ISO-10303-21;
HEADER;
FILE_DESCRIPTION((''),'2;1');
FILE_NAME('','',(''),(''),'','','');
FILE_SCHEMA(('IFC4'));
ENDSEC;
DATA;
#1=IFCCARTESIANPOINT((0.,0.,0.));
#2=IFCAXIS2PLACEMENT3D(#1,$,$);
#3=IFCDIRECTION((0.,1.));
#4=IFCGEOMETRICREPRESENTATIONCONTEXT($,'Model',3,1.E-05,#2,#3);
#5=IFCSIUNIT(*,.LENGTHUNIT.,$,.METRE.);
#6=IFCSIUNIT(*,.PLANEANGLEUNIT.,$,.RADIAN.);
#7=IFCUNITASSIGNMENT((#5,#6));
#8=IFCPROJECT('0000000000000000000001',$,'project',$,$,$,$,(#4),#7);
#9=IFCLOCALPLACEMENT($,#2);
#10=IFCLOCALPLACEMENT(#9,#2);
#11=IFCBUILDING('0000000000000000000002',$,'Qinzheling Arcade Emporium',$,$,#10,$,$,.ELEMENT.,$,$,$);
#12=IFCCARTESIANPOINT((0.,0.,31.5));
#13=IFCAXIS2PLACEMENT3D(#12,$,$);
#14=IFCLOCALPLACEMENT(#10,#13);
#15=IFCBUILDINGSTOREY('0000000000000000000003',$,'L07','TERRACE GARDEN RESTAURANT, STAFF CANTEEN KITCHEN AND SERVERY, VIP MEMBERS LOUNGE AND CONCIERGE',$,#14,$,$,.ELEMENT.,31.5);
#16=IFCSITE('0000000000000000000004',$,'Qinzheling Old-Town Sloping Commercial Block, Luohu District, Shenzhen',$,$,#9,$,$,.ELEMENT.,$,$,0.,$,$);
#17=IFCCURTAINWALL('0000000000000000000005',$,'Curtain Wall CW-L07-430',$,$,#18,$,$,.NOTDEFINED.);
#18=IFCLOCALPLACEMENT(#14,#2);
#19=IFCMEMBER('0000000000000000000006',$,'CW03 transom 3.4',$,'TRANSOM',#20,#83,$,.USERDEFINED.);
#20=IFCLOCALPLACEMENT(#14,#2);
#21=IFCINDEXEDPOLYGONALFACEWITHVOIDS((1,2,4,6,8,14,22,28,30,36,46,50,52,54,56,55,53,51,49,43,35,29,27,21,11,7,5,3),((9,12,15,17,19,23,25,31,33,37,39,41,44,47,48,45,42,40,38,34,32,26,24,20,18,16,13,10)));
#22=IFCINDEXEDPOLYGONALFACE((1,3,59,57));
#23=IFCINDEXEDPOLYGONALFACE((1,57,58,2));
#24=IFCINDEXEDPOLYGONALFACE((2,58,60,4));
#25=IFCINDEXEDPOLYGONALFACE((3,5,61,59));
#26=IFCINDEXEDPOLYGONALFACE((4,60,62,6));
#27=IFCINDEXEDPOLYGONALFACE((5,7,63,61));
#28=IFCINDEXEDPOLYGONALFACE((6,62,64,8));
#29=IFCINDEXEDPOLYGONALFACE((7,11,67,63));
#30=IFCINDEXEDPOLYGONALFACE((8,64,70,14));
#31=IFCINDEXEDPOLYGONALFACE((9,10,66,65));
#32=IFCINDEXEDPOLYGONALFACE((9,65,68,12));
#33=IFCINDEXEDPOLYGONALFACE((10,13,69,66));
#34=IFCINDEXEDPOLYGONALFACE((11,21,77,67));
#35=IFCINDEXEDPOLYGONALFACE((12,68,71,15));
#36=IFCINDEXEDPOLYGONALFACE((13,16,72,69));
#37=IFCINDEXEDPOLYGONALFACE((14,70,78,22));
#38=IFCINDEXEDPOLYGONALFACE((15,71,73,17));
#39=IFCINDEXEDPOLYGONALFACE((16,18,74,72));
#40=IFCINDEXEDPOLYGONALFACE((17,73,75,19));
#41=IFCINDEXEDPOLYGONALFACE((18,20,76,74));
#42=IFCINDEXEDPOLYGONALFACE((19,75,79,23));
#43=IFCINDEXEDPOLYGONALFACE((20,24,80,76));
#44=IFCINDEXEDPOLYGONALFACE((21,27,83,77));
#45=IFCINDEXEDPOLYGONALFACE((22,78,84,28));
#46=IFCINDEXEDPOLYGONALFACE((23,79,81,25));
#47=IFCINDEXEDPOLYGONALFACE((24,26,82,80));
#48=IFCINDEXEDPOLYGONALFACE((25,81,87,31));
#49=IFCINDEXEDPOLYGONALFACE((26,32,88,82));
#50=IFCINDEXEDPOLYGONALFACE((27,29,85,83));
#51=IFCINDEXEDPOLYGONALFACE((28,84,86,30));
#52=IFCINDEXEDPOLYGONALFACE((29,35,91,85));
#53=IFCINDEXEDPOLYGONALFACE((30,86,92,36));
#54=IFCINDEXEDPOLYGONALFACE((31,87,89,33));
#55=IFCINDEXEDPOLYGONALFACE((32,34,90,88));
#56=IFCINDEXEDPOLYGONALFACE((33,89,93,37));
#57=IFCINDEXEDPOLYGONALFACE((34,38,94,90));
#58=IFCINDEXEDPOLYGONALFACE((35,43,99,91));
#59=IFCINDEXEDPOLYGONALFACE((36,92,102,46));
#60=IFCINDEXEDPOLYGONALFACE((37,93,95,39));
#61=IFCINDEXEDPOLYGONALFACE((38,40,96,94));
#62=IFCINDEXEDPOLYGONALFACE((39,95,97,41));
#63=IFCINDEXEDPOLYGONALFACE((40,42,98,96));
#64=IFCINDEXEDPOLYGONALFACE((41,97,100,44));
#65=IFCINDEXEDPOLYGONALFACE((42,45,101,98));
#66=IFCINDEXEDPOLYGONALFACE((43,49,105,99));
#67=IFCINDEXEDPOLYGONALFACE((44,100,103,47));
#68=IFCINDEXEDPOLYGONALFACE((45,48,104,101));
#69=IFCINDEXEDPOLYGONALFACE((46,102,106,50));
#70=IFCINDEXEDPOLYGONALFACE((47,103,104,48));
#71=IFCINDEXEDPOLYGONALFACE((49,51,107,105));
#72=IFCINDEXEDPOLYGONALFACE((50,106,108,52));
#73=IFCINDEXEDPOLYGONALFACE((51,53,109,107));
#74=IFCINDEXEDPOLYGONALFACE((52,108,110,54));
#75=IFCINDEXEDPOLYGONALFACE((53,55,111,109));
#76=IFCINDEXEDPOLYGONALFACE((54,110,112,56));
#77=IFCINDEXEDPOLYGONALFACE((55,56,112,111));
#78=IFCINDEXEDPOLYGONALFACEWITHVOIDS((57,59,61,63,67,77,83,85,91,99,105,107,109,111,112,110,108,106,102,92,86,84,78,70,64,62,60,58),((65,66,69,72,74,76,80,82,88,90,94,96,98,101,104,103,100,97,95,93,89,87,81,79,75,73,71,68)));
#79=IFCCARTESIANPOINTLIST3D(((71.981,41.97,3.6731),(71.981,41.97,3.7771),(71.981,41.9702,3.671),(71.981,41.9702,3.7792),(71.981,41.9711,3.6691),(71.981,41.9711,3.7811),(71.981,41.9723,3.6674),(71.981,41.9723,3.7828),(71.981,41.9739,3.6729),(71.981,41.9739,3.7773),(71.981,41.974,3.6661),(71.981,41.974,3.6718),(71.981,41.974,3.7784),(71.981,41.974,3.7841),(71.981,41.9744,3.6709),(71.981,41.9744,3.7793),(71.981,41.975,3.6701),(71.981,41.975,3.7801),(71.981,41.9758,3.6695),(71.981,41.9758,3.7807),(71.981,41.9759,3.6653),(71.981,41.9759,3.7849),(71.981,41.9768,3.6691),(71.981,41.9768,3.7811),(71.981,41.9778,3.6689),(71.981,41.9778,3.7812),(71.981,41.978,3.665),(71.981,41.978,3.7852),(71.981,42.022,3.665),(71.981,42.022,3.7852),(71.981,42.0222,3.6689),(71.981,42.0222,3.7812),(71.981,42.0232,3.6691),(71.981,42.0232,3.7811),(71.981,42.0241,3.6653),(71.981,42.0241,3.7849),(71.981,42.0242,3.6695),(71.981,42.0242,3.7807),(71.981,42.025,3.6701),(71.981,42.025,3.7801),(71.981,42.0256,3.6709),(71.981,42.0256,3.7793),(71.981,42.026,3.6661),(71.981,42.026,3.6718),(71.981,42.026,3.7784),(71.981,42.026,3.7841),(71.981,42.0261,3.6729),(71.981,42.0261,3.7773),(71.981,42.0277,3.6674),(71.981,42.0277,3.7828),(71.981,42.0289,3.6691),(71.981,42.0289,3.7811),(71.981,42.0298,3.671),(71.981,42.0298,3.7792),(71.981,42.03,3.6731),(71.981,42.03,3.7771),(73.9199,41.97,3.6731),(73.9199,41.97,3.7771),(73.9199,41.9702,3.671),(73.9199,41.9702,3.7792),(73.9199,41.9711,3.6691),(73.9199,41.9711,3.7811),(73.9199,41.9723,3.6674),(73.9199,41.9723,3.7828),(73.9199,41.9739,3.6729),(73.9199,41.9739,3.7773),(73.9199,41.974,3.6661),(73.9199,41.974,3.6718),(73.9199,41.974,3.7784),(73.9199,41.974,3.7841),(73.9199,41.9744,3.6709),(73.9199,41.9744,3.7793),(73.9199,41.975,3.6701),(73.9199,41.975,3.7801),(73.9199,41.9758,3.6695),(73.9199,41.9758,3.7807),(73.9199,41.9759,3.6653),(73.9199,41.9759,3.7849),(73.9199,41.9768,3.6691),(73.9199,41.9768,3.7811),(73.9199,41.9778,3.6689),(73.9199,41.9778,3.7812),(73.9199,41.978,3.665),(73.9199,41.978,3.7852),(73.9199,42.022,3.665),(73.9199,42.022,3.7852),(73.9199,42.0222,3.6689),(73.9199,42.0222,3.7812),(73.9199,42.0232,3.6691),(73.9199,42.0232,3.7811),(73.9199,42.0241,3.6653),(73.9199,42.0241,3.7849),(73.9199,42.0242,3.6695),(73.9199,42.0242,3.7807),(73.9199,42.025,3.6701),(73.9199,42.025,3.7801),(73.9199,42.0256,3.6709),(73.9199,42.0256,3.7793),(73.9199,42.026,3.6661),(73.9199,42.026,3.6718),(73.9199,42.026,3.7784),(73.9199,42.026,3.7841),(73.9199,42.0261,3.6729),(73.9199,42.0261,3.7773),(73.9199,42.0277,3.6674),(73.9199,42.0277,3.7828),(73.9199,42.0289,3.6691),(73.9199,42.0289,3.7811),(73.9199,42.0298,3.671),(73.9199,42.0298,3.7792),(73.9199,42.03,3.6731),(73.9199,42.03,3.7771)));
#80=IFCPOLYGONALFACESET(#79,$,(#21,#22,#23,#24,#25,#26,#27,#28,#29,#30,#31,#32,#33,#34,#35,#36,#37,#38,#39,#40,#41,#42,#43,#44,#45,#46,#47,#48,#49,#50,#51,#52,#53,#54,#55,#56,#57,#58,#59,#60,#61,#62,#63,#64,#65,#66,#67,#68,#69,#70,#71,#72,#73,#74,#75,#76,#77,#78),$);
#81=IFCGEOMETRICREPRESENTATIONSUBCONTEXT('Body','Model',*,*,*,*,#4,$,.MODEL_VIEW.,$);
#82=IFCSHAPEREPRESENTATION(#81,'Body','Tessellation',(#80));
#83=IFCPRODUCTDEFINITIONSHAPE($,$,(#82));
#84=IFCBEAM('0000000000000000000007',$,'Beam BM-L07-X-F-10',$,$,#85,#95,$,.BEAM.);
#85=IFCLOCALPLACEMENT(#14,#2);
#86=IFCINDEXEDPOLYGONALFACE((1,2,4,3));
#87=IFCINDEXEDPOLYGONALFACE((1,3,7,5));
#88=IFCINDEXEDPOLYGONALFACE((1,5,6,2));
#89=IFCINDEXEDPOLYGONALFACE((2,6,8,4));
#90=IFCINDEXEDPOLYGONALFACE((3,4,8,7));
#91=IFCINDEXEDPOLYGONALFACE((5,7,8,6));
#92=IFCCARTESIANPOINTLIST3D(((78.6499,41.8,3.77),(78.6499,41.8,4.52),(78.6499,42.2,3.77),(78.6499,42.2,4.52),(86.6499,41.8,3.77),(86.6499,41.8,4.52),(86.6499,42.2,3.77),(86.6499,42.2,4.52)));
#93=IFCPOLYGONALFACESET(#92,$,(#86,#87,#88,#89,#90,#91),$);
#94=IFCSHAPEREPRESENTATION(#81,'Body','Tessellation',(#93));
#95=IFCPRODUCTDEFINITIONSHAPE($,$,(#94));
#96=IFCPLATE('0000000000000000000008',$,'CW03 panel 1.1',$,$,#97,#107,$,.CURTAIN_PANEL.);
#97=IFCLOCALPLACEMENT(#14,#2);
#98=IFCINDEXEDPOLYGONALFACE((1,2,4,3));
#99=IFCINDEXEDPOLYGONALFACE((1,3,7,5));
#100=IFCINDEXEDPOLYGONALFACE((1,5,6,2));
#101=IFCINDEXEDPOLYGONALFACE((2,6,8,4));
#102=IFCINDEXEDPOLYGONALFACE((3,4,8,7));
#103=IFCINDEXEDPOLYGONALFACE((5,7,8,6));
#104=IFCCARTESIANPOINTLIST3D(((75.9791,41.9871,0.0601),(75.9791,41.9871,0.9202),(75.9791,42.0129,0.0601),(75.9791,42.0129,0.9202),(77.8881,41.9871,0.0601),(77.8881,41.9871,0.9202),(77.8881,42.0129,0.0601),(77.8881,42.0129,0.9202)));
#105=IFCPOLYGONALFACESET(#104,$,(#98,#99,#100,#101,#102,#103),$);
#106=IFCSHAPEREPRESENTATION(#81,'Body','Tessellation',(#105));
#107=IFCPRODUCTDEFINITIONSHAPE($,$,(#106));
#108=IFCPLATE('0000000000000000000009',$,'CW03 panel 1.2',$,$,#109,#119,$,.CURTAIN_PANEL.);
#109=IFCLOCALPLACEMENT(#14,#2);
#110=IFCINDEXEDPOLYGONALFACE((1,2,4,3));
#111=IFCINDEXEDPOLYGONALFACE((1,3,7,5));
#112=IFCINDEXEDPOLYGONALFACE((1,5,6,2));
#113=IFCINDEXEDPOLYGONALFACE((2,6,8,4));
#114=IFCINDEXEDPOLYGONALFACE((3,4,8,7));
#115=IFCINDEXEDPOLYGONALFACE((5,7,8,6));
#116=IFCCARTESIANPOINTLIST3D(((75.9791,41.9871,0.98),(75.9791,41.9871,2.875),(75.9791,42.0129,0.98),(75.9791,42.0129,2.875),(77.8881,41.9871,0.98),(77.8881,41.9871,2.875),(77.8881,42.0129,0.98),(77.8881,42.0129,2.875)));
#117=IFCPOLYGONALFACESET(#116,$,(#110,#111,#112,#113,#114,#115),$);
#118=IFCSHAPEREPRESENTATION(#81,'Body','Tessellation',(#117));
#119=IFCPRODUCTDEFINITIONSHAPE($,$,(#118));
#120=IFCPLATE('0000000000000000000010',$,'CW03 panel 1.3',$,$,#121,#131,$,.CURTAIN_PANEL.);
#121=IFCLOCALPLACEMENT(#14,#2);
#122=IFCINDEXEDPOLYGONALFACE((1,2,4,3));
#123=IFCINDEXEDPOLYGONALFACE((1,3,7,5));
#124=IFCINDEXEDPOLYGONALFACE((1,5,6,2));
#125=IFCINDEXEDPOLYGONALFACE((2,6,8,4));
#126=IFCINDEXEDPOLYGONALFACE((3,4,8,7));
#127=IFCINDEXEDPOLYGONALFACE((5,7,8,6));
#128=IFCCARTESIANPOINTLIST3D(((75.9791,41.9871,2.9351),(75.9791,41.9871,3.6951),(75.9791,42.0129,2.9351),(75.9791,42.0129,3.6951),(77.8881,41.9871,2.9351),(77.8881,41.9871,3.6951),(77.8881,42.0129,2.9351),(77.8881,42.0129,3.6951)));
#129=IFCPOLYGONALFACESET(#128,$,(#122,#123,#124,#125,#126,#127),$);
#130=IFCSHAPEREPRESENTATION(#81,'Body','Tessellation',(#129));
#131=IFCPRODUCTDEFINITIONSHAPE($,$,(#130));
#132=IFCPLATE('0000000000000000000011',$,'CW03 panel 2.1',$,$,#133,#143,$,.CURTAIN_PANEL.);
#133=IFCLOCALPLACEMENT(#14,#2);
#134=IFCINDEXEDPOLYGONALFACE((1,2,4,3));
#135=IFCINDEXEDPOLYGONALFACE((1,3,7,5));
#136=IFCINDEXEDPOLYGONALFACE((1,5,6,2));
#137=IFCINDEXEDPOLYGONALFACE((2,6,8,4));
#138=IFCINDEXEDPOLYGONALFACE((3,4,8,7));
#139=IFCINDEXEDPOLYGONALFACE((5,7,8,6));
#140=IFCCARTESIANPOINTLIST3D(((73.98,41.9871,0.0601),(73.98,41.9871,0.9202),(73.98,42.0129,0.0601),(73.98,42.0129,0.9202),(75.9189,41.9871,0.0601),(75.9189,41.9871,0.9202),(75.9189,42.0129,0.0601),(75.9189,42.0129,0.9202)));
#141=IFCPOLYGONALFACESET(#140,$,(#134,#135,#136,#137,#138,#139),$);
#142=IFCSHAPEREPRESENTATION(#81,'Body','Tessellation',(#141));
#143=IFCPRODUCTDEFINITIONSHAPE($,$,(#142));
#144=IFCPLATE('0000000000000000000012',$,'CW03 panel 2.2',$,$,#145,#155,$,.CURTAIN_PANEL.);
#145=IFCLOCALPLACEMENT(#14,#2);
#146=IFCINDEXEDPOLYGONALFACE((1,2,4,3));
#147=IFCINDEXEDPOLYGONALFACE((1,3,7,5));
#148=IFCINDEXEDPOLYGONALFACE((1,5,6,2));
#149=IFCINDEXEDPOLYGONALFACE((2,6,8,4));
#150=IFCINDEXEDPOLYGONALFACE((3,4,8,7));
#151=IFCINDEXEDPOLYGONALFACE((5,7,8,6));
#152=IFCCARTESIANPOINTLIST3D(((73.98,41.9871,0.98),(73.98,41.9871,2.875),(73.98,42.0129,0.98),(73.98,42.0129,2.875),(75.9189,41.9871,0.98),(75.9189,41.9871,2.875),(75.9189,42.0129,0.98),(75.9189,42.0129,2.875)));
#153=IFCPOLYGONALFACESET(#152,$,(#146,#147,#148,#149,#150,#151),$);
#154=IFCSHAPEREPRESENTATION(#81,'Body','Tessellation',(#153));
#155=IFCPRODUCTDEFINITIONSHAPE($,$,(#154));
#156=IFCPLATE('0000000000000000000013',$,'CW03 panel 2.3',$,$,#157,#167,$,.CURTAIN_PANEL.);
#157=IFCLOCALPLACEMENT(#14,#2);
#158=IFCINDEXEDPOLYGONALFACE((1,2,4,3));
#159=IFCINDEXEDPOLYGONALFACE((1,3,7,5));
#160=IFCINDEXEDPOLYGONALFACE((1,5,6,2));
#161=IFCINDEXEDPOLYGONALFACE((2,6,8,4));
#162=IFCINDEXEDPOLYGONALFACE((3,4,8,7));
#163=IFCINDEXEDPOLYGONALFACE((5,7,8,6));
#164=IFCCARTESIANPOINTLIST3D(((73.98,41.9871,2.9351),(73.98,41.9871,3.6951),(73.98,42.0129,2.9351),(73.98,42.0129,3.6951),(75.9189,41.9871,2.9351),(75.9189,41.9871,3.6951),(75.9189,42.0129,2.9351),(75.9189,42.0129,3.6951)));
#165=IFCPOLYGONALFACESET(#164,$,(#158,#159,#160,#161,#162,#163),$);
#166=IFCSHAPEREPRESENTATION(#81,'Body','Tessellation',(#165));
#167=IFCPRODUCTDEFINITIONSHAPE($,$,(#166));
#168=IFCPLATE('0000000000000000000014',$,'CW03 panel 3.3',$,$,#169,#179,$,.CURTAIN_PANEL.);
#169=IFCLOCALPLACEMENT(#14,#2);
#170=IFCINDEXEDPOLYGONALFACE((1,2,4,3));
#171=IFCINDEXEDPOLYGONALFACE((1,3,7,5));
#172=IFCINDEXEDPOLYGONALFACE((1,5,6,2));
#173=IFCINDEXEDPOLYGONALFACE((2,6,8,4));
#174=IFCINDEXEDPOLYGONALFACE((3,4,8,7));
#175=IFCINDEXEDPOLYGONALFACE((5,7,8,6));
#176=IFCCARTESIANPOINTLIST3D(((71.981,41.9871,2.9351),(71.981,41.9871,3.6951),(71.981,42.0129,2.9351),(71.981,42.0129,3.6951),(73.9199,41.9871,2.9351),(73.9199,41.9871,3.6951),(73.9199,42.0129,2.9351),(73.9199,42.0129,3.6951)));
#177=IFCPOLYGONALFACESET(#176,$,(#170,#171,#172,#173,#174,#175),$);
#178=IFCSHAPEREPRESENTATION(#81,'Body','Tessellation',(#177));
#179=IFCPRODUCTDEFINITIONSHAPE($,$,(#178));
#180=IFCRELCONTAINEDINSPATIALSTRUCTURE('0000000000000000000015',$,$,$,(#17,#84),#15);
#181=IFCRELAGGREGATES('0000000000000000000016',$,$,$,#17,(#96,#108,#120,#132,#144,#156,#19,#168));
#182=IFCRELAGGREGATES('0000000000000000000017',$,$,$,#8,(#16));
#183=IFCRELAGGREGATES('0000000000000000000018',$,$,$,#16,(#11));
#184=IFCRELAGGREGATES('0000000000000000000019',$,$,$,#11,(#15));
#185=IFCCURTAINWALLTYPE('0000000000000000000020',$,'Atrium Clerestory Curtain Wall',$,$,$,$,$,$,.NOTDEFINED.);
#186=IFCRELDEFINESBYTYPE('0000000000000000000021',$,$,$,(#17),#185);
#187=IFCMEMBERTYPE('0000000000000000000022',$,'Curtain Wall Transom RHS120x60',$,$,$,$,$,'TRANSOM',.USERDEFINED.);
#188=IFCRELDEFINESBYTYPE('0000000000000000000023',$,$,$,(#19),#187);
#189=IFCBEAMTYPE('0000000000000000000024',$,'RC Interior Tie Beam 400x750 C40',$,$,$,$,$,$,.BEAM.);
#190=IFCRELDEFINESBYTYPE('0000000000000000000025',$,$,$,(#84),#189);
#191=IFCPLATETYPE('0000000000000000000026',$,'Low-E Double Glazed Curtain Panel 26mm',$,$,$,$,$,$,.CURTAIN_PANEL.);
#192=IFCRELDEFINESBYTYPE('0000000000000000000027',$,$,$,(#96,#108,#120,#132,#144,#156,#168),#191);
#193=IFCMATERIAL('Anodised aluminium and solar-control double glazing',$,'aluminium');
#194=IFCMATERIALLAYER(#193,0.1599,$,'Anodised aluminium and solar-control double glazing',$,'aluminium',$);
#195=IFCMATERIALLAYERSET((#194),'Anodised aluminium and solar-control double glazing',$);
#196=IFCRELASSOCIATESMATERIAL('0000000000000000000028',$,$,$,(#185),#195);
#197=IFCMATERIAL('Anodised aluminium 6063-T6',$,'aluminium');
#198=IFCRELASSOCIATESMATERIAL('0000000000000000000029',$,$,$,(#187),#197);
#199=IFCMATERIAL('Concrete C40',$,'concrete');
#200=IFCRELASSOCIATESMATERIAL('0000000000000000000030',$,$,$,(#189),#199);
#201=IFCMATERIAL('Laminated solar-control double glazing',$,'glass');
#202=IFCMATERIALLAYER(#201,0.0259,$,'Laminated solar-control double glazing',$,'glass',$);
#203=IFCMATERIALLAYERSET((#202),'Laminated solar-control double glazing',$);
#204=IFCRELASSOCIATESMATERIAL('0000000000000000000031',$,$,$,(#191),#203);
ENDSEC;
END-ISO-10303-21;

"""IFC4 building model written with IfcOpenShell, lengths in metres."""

from ifc_helpers import new_model, si_unit, direction, frame, origin, origin_2d, place, context, subcontext, project, spatial, rectangle, hollow_rectangle, extrude, material, layer, layer_set, material_profile, profile_set, type_object, element, aggregate, save


model = new_model("IFC4")

# Units and contexts
model_context = context("Model", 3, precision=1e-05, world=origin(), true_north=direction((0.0, 1.0)))
body_context = subcontext(model_context, "Body", "Model", "MODEL_VIEW")
ifc_project = project(units=[si_unit("LENGTHUNIT", "METRE"), si_unit("PLANEANGLEUNIT", "RADIAN")], contexts=[model_context])

# Site, building, storey
site_placement = place(None, origin())
site = spatial("IfcSite", under=ifc_project, at=site_placement, Name="Qinzheling Old-Town Sloping Commercial Block, Luohu District, Shenzhen", CompositionType="ELEMENT", RefElevation=0.0)
building_placement = place(site_placement, origin())
building = spatial("IfcBuilding", under=site, at=building_placement, Name="Qinzheling Arcade Emporium", CompositionType="ELEMENT")
storey_placement = place(building_placement, frame((0.0, 0.0, 31.5)))
storey = spatial("IfcBuildingStorey", under=building, at=storey_placement, Name="L07", Description="TERRACE GARDEN RESTAURANT, STAFF CANTEEN KITCHEN AND SERVERY, VIP MEMBERS LOUNGE AND CONCIERGE", CompositionType="ELEMENT", Elevation=31.5)

# Shared definitions
ifc_material_1 = material(Name="Concrete C40", Category="concrete")

# Curtain wall, member
ifc_material_2 = material(Name="Anodised aluminium and solar-control double glazing", Category="aluminium")
ifc_layer_1 = layer(ifc_material_2, 0.1599, Name="Anodised aluminium and solar-control double glazing", Category="aluminium")
ifc_layer_set_1 = layer_set([ifc_layer_1], Name="Anodised aluminium and solar-control double glazing")
curtain_wall_type = type_object("IfcCurtainWallType", Name="Atrium Clerestory Curtain Wall", PredefinedType="NOTDEFINED", material=ifc_layer_set_1)
curtain_wall_placement = place(storey_placement, origin())
curtain_wall = element("IfcCurtainWall", 1, at=curtain_wall_placement, inside=storey, type_object=curtain_wall_type, Name="Curtain Wall CW-L07-430", PredefinedType="NOTDEFINED")
ifc_material_3 = material(Name="Anodised aluminium 6063-T6", Category="aluminium")
ifc_material_profile_1 = material_profile(ifc_material_3, hollow_rectangle(XDim=0.0601, YDim=0.1201, WallThickness=0.0039, InnerFilletRadius=0.0039, OuterFilletRadius=0.0081, at=origin_2d()), Name="RHS 120x60x4", Category="aluminium")
ifc_profile_set_1 = profile_set([ifc_material_profile_1], Name="Anodised aluminium 6063-T6")
member_type_1 = type_object("IfcMemberType", Name="Curtain Wall Transom RHS120x60", ElementType="TRANSOM", PredefinedType="USERDEFINED", material=ifc_profile_set_1)
member_1_placement = place(storey_placement, frame((73.9199, 42.0, 3.7251), z_axis=(-1.0, 0.0, 0.0), x_axis=(0.0, -1.0, 0.0)))
member_1 = element("IfcMember", 2, at=member_1_placement, type_object=member_type_1, Name="CW03 transom 3.4", ObjectType="TRANSOM", PredefinedType="USERDEFINED", context=body_context, shape_type="SweptSolid", body=[
    extrude(hollow_rectangle(XDim=0.0601, YDim=0.1201, WallThickness=0.0039, InnerFilletRadius=0.0039, OuterFilletRadius=0.0081, at=origin_2d()), origin(), (0.0, 0.0, 1.0), 1.939),
])

# Beam
ifc_material_profile_2 = material_profile(ifc_material_1, rectangle(XDim=0.3999, YDim=0.75, at=origin_2d()), Name="RC 400x750", Category="concrete")
ifc_profile_set_2 = profile_set([ifc_material_profile_2], Name="Concrete C40")
beam_type = type_object("IfcBeamType", Name="RC Interior Tie Beam 400x750 C40", PredefinedType="BEAM", material=ifc_profile_set_2)
beam_placement = place(storey_placement, frame((78.6499, 42.0, 4.145), z_axis=(1.0, 0.0, 0.0), x_axis=(0.0, 1.0, 0.0)))
element("IfcBeam", 3, at=beam_placement, inside=storey, type_object=beam_type, Name="Beam BM-L07-X-F-10", PredefinedType="BEAM", context=body_context, shape_type="SweptSolid", body=[
    extrude(rectangle(XDim=0.3999, YDim=0.75, at=origin_2d()), origin(), (0.0, 0.0, 1.0), 8.0),
])

# Plates
ifc_material_4 = material(Name="Laminated solar-control double glazing", Category="glass")
ifc_layer_2 = layer(ifc_material_4, 0.0259, Name="Laminated solar-control double glazing", Category="glass")
ifc_layer_set_2 = layer_set([ifc_layer_2], Name="Laminated solar-control double glazing")
plate_type = type_object("IfcPlateType", Name="Low-E Double Glazed Curtain Panel 26mm", PredefinedType="CURTAIN_PANEL", material=ifc_layer_set_2)
plate_1_placement = place(storey_placement, frame((76.9336, 42.0, 0.0601), z_axis=(0.0, 0.0, 1.0), x_axis=(-1.0, 0.0, 0.0)))
plate_1 = element("IfcPlate", 4, at=plate_1_placement, type_object=plate_type, Name="CW03 panel 1.1", PredefinedType="CURTAIN_PANEL", context=body_context, shape_type="SweptSolid", body=[
    extrude(rectangle(XDim=1.9089, YDim=0.0259, at=origin_2d()), origin(), (0.0, 0.0, 1.0), 0.8601),
])
plate_2_placement = place(storey_placement, frame((76.9336, 42.0, 0.98), z_axis=(0.0, 0.0, 1.0), x_axis=(-1.0, 0.0, 0.0)))
plate_2 = element("IfcPlate", 5, at=plate_2_placement, type_object=plate_type, Name="CW03 panel 1.2", PredefinedType="CURTAIN_PANEL", context=body_context, shape_type="SweptSolid", body=[
    extrude(rectangle(XDim=1.9089, YDim=0.0259, at=origin_2d()), origin(), (0.0, 0.0, 1.0), 1.895),
])
plate_3_placement = place(storey_placement, frame((76.9336, 42.0, 2.9351), z_axis=(0.0, 0.0, 1.0), x_axis=(-1.0, 0.0, 0.0)))
plate_3 = element("IfcPlate", 6, at=plate_3_placement, type_object=plate_type, Name="CW03 panel 1.3", PredefinedType="CURTAIN_PANEL", context=body_context, shape_type="SweptSolid", body=[
    extrude(rectangle(XDim=1.9089, YDim=0.0259, at=origin_2d()), origin(), (0.0, 0.0, 1.0), 0.76),
])
plate_4_placement = place(storey_placement, frame((74.9495, 42.0, 0.0601), z_axis=(0.0, 0.0, 1.0), x_axis=(-1.0, 0.0, 0.0)))
plate_4 = element("IfcPlate", 7, at=plate_4_placement, type_object=plate_type, Name="CW03 panel 2.1", PredefinedType="CURTAIN_PANEL", context=body_context, shape_type="SweptSolid", body=[
    extrude(rectangle(XDim=1.939, YDim=0.0259, at=origin_2d()), origin(), (0.0, 0.0, 1.0), 0.8601),
])
plate_5_placement = place(storey_placement, frame((74.9495, 42.0, 0.98), z_axis=(0.0, 0.0, 1.0), x_axis=(-1.0, 0.0, 0.0)))
plate_5 = element("IfcPlate", 8, at=plate_5_placement, type_object=plate_type, Name="CW03 panel 2.2", PredefinedType="CURTAIN_PANEL", context=body_context, shape_type="SweptSolid", body=[
    extrude(rectangle(XDim=1.939, YDim=0.0259, at=origin_2d()), origin(), (0.0, 0.0, 1.0), 1.895),
])
plate_6_placement = place(storey_placement, frame((74.9495, 42.0, 2.9351), z_axis=(0.0, 0.0, 1.0), x_axis=(-1.0, 0.0, 0.0)))
plate_6 = element("IfcPlate", 9, at=plate_6_placement, type_object=plate_type, Name="CW03 panel 2.3", PredefinedType="CURTAIN_PANEL", context=body_context, shape_type="SweptSolid", body=[
    extrude(rectangle(XDim=1.939, YDim=0.0259, at=origin_2d()), origin(), (0.0, 0.0, 1.0), 0.76),
])
plate_7_placement = place(storey_placement, frame((72.9504, 42.0, 2.9351), z_axis=(0.0, 0.0, 1.0), x_axis=(-1.0, 0.0, 0.0)))
plate_7 = element("IfcPlate", 10, at=plate_7_placement, type_object=plate_type, Name="CW03 panel 3.3", PredefinedType="CURTAIN_PANEL", context=body_context, shape_type="SweptSolid", body=[
    extrude(rectangle(XDim=1.939, YDim=0.0259, at=origin_2d()), origin(), (0.0, 0.0, 1.0), 0.76),
])
aggregate(curtain_wall, [plate_1, plate_2, plate_3, plate_4, plate_5, plate_6, member_1, plate_7])

save(model, "model.ifc")
